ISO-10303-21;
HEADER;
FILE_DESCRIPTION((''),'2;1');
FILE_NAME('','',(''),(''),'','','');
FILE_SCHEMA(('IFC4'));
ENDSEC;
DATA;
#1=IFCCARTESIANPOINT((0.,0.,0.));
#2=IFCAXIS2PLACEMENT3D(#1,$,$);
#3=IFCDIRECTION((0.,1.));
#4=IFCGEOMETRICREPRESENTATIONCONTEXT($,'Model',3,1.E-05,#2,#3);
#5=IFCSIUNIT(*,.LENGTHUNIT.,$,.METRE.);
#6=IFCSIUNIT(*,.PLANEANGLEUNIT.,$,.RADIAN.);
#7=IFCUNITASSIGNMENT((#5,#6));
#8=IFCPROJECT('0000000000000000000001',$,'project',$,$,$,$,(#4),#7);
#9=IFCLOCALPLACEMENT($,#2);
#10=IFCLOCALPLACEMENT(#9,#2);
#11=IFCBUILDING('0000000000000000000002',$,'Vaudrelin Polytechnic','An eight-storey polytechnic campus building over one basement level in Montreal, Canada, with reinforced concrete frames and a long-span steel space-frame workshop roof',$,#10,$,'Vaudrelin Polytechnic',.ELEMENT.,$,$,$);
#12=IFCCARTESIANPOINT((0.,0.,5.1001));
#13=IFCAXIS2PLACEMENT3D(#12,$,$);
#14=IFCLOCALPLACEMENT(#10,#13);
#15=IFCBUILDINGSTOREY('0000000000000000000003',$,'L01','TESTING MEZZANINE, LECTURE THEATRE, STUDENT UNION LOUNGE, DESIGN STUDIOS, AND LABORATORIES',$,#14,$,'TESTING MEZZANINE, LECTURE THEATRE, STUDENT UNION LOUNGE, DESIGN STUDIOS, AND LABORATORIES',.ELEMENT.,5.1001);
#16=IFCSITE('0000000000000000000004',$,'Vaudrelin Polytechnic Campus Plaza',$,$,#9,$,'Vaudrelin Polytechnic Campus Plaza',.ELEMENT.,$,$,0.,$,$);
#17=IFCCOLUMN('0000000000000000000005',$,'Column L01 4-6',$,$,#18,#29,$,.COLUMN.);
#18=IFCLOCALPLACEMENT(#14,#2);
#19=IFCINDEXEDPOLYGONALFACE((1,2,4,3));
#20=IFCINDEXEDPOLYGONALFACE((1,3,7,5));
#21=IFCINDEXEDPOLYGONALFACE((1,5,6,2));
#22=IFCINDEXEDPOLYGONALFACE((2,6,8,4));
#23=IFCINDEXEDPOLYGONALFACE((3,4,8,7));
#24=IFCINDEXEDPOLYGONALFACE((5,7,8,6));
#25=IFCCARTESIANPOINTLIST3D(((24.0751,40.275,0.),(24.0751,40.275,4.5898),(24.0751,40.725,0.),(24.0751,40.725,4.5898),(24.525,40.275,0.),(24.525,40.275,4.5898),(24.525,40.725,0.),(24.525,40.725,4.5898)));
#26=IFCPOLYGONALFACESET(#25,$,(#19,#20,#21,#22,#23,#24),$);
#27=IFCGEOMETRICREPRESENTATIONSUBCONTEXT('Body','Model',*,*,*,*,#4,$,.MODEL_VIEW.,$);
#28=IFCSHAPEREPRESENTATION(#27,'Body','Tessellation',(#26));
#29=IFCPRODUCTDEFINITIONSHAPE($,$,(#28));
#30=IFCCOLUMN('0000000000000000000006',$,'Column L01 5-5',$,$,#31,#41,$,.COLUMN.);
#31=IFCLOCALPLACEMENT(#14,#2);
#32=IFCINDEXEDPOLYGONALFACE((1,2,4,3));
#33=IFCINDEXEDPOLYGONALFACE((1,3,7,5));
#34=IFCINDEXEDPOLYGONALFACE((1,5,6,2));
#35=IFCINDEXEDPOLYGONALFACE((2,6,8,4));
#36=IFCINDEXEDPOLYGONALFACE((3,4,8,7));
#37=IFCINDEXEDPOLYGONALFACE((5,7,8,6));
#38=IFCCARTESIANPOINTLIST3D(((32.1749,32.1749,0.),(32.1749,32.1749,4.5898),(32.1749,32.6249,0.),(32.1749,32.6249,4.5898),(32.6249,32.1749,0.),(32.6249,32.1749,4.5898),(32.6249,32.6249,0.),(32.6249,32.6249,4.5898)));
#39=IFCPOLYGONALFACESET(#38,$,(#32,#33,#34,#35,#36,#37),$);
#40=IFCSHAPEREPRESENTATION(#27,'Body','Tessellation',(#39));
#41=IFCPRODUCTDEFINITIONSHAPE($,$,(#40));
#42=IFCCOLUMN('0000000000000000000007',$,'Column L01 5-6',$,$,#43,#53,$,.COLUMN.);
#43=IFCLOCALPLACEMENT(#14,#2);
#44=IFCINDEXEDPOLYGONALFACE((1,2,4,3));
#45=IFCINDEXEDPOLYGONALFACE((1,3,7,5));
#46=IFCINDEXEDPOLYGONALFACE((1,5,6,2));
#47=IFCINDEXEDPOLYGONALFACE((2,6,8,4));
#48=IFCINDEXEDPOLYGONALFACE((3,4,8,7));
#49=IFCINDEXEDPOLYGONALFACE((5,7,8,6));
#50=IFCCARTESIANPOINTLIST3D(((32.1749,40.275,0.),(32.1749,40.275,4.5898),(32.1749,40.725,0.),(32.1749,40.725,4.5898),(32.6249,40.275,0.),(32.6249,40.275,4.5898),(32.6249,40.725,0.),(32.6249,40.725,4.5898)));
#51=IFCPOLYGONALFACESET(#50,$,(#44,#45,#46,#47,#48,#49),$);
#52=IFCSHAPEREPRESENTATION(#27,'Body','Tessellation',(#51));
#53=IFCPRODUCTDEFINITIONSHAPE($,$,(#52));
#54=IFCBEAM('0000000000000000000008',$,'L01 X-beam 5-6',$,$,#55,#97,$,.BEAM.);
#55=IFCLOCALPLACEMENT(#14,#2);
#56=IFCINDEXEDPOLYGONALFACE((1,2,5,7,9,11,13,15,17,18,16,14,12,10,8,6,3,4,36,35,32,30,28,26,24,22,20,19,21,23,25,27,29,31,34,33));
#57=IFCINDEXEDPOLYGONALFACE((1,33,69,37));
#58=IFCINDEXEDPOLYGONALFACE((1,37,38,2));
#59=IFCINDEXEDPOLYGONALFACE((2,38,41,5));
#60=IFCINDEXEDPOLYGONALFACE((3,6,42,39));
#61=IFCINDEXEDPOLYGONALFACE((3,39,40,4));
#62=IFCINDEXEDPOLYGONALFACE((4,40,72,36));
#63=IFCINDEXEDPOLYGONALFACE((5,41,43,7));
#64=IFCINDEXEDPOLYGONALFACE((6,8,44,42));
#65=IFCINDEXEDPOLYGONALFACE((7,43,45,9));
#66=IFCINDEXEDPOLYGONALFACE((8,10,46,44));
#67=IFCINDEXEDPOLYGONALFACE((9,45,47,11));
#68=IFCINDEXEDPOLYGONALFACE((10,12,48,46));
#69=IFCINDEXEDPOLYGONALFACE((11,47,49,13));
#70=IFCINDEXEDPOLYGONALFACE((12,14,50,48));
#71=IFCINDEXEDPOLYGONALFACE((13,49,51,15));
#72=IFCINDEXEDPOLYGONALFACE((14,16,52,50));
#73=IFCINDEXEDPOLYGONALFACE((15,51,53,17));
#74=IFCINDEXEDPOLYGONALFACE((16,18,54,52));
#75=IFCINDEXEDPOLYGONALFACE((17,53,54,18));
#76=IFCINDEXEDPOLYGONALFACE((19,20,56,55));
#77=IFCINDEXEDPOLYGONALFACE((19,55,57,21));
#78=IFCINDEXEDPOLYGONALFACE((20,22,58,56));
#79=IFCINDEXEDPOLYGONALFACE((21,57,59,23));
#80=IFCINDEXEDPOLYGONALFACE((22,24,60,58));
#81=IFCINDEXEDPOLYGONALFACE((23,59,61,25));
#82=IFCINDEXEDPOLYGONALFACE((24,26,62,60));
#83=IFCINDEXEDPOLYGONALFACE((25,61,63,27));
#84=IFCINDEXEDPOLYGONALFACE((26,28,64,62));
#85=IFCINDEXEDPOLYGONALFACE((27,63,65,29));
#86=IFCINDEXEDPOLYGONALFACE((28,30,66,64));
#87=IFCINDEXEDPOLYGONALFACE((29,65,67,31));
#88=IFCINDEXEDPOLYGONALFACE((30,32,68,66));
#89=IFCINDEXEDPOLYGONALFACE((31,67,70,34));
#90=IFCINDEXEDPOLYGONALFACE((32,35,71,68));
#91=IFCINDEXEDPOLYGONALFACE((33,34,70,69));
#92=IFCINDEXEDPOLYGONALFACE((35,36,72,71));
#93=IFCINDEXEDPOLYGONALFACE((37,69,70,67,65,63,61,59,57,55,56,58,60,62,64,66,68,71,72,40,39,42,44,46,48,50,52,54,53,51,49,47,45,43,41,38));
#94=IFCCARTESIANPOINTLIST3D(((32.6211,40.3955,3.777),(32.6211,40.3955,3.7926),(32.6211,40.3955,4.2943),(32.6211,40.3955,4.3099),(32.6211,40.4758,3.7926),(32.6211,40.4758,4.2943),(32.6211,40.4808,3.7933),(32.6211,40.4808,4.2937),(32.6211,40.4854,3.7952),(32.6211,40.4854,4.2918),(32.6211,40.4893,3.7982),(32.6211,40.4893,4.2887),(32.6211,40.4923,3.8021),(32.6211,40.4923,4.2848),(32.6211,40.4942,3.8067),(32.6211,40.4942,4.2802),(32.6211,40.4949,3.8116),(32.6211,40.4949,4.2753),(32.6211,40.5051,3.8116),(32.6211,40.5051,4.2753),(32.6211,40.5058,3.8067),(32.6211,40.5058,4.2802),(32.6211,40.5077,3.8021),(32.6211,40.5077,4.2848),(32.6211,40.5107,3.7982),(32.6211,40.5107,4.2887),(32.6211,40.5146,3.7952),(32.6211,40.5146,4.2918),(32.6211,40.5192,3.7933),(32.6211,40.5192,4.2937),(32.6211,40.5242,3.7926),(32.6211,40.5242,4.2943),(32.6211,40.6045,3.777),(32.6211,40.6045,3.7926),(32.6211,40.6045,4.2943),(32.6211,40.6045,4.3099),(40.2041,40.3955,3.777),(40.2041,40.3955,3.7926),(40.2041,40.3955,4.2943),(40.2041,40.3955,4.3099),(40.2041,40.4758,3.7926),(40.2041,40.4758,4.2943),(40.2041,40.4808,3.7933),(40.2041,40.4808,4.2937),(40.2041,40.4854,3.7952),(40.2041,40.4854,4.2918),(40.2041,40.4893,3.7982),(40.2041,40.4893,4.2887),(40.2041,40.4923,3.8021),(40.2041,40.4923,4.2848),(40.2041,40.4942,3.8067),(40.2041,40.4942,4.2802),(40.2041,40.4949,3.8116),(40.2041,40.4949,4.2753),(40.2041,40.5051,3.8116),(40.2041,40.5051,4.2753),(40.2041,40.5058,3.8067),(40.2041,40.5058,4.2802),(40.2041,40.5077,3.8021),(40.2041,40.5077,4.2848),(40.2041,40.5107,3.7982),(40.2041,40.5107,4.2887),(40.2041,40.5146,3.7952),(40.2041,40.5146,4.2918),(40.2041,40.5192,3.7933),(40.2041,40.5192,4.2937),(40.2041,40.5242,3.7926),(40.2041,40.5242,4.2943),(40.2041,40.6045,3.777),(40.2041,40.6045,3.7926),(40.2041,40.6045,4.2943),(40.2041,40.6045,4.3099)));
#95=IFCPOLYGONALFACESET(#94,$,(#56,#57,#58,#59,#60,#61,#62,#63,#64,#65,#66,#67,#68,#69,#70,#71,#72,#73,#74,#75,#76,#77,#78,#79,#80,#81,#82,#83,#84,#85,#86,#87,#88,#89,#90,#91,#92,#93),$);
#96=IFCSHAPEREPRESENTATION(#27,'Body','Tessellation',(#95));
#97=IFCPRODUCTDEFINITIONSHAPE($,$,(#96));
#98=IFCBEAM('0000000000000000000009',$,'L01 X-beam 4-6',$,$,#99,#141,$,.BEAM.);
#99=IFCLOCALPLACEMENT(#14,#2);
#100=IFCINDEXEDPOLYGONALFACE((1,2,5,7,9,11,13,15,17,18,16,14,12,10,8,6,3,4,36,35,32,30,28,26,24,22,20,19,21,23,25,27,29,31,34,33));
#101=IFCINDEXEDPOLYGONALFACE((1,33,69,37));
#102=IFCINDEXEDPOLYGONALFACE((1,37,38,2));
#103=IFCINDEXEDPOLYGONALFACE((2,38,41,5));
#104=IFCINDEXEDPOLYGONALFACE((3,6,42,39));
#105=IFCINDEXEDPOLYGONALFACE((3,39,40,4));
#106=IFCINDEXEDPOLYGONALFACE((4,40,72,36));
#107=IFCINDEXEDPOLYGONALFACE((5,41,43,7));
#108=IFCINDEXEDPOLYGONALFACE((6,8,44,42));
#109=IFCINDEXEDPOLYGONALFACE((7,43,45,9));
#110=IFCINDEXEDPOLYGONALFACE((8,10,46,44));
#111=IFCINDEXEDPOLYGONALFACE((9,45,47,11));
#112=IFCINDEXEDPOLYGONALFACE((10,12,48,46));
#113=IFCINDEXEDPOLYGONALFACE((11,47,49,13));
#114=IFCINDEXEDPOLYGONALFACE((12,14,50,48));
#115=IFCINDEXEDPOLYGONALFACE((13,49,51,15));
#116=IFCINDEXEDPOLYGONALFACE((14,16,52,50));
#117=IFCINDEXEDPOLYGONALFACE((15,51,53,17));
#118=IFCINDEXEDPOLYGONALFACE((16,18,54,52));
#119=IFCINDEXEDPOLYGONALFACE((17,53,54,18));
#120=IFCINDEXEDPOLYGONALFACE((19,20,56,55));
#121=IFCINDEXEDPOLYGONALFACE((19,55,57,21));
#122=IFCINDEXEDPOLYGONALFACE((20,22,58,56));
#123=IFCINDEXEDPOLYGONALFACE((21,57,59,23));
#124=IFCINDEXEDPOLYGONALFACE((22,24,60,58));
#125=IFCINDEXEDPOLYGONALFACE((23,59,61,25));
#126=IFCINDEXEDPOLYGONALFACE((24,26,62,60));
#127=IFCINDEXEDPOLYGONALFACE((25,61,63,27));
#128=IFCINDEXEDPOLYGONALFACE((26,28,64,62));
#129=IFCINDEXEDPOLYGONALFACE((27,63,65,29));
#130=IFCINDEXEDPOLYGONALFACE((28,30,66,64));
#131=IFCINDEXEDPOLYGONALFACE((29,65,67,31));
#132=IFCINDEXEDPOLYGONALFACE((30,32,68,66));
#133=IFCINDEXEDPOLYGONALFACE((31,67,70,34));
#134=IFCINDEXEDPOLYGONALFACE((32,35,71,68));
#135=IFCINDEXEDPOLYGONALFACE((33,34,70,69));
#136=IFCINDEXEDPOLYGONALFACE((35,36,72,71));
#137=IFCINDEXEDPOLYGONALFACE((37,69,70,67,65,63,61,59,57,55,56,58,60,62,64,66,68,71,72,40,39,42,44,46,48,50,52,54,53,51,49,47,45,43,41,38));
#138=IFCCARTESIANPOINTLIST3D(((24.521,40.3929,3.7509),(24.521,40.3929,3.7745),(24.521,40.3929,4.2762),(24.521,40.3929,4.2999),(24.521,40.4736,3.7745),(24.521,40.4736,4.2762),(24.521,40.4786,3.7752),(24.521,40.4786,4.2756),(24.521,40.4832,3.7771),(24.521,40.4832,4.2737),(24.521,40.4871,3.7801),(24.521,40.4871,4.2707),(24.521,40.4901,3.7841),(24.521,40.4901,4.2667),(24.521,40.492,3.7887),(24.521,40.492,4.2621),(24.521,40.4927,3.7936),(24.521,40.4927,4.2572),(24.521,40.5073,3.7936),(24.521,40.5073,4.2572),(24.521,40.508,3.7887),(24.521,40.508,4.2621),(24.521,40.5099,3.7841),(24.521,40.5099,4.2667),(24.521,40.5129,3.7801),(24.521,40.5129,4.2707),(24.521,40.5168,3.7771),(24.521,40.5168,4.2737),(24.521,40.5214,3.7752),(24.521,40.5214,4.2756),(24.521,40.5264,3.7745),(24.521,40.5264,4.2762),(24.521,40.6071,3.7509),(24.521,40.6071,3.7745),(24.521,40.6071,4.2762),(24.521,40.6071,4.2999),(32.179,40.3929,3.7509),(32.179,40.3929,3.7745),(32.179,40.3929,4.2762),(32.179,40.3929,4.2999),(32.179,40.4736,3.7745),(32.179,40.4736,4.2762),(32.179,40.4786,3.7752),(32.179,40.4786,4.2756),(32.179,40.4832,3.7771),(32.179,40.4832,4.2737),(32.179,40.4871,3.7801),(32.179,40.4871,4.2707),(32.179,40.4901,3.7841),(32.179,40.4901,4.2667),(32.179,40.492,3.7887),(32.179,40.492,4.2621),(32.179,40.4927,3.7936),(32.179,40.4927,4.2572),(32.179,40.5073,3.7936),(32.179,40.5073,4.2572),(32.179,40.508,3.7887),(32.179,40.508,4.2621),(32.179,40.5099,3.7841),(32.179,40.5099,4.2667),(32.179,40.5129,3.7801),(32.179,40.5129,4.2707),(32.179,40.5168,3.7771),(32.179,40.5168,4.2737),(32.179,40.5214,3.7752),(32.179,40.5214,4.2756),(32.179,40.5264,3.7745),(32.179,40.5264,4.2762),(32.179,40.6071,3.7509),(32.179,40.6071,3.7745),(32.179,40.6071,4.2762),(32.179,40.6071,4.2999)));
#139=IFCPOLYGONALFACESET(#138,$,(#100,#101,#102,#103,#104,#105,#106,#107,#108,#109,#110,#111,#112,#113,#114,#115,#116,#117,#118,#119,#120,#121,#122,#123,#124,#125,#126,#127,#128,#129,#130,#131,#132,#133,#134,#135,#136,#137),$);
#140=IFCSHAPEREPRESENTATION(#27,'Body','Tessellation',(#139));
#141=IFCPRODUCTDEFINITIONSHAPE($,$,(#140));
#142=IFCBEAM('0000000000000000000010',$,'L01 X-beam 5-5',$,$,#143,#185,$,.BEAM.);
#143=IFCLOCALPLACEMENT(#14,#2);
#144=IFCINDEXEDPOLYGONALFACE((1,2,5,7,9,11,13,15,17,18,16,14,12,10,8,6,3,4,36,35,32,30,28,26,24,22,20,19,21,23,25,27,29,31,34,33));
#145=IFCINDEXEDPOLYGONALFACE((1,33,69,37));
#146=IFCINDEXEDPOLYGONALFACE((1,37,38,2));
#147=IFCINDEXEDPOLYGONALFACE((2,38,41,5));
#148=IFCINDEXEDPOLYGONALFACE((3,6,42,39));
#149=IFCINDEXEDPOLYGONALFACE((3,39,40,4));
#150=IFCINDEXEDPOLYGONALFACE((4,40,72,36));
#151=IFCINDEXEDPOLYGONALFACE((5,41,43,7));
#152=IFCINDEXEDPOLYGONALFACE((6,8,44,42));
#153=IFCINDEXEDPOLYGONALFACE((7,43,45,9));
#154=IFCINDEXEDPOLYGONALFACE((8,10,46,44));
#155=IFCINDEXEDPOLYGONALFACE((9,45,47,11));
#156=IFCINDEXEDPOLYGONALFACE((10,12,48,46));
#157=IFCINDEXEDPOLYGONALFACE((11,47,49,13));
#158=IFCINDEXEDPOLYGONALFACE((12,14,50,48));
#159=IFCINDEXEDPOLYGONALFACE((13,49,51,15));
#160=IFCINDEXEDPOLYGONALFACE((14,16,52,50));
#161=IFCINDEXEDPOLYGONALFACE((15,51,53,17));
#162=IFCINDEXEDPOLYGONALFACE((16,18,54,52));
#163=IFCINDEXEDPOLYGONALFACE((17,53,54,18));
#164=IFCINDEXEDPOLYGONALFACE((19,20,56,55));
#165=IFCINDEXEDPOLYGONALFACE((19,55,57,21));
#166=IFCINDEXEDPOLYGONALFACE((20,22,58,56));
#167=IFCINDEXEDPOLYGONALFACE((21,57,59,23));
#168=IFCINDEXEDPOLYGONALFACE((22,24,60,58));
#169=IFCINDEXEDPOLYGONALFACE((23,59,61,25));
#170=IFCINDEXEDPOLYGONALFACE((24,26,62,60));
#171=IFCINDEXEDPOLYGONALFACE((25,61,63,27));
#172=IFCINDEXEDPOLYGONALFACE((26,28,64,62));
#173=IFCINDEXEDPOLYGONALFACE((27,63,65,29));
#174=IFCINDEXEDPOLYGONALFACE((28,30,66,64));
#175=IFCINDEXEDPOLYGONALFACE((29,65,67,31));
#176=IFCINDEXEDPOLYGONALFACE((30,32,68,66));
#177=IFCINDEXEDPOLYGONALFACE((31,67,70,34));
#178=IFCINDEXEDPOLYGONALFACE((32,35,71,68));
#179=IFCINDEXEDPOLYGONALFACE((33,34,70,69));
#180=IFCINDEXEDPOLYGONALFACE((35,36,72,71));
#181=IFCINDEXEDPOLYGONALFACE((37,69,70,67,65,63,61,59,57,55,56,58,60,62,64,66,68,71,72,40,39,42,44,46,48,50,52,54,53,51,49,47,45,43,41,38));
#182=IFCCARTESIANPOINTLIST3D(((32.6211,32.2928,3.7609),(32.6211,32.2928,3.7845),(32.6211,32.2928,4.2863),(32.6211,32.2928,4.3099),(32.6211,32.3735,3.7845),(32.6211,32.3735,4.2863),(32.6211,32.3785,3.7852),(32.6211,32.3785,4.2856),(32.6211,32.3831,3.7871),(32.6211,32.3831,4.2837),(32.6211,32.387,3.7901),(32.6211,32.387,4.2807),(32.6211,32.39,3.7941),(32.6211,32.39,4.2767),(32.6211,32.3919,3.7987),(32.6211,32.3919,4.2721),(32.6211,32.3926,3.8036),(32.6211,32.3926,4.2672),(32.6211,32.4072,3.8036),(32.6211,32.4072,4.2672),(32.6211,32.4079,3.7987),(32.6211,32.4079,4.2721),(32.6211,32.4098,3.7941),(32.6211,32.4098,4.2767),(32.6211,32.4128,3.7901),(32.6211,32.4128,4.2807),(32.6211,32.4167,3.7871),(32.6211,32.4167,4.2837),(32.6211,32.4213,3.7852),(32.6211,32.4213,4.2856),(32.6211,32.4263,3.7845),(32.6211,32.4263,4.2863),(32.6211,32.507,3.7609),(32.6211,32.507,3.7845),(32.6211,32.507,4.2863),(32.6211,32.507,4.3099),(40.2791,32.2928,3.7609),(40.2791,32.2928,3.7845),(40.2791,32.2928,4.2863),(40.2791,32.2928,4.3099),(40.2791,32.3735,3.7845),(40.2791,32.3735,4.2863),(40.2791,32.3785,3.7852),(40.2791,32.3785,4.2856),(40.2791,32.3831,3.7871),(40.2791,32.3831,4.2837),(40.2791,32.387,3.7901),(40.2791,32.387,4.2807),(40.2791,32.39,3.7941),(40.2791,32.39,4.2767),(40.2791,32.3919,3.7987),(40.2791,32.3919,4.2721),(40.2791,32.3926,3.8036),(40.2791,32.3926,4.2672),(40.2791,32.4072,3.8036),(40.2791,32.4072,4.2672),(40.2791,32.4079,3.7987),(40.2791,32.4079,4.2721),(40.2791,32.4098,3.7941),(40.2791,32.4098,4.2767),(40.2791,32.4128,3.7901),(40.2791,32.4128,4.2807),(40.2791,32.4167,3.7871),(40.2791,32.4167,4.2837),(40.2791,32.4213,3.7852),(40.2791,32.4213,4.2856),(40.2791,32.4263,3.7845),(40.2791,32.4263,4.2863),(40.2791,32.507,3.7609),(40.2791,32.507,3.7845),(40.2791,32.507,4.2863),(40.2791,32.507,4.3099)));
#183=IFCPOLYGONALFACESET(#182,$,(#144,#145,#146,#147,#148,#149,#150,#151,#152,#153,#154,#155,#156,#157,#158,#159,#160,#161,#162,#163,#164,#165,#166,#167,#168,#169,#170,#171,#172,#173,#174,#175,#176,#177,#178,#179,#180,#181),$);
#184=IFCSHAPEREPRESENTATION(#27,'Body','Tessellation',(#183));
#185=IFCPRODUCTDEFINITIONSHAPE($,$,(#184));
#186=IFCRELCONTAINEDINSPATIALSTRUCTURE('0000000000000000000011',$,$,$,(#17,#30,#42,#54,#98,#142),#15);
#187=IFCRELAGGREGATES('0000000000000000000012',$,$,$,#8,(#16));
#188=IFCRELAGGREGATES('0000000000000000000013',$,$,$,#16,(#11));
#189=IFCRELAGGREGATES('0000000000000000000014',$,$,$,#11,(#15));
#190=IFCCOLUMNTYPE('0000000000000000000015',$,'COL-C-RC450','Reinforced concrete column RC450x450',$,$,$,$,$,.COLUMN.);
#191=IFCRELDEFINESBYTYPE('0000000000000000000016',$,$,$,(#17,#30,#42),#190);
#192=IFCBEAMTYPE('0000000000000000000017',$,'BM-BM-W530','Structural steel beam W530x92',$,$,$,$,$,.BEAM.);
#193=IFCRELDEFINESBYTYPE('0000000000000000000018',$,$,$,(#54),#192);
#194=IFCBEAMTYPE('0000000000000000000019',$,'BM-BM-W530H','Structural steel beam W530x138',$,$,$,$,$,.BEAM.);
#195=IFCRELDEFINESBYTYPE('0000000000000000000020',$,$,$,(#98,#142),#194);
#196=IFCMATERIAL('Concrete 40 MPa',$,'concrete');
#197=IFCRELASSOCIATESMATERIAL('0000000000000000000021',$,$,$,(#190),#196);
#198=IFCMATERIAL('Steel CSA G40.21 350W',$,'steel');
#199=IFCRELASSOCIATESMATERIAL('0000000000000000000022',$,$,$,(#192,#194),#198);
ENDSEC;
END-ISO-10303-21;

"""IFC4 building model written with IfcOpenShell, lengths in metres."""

from ifc_helpers import new_model, si_unit, direction, frame, origin, origin_2d, place, context, subcontext, project, spatial, rectangle, i_section, extrude, material, material_profile, profile_set, type_object, element, save


model = new_model("IFC4")

# Units and contexts
model_context = context("Model", 3, precision=1e-05, world=origin(), true_north=direction((0.0, 1.0)))
body_context = subcontext(model_context, "Body", "Model", "MODEL_VIEW")
ifc_project = project(units=[si_unit("LENGTHUNIT", "METRE"), si_unit("PLANEANGLEUNIT", "RADIAN")], contexts=[model_context])

# Site, building, storey
site_placement = place(None, origin())
site = spatial("IfcSite", under=ifc_project, at=site_placement, Name="Vaudrelin Polytechnic Campus Plaza", LongName="Vaudrelin Polytechnic Campus Plaza", CompositionType="ELEMENT", RefElevation=0.0)
building_placement = place(site_placement, origin())
building = spatial("IfcBuilding", under=site, at=building_placement, Name="Vaudrelin Polytechnic", Description="An eight-storey polytechnic campus building over one basement level in Montreal, Canada, with reinforced concrete frames and a long-span steel space-frame workshop roof", LongName="Vaudrelin Polytechnic", CompositionType="ELEMENT")
storey_placement = place(building_placement, frame((0.0, 0.0, 5.1001)))
storey = spatial("IfcBuildingStorey", under=building, at=storey_placement, Name="L01", Description="TESTING MEZZANINE, LECTURE THEATRE, STUDENT UNION LOUNGE, DESIGN STUDIOS, AND LABORATORIES", LongName="TESTING MEZZANINE, LECTURE THEATRE, STUDENT UNION LOUNGE, DESIGN STUDIOS, AND LABORATORIES", CompositionType="ELEMENT", Elevation=5.1001)

# Columns
ifc_material_1 = material(Name="Concrete 40 MPa", Category="concrete")
ifc_material_profile_1 = material_profile(ifc_material_1, rectangle(XDim=0.45, YDim=0.45, at=origin_2d()), Name="RC450x450")
ifc_profile_set_1 = profile_set([ifc_material_profile_1], Name="Concrete 40 MPa")
column_type = type_object("IfcColumnType", Name="COL-C-RC450", Description="Reinforced concrete column RC450x450", PredefinedType="COLUMN", material=ifc_profile_set_1)
for number, where, z_axis, x_axis, name in (
    (1, (24.3, 40.5, 0.0), (0.0, 0.0, 1.0), (1.0, 0.0, 0.0), "Column L01 4-6"),
    (2, (32.3999, 32.3999, 0.0), (0.0, 0.0, 1.0), (1.0, 0.0, 0.0), "Column L01 5-5"),
    (3, (32.3999, 40.5, 0.0), (0.0, 0.0, 1.0), (1.0, 0.0, 0.0), "Column L01 5-6"),
):
    element("IfcColumn", number, at=place(storey_placement, frame(where, z_axis=z_axis, x_axis=x_axis)), inside=storey, type_object=column_type, Name=name, PredefinedType="COLUMN", context=body_context, shape_type="SweptSolid", body=[
        extrude(rectangle(XDim=0.45, YDim=0.45, at=origin_2d()), origin(), (0.0, 0.0, 1.0), 4.5898),
    ])

# Beams
ifc_material_2 = material(Name="Steel CSA G40.21 350W", Category="steel")
ifc_material_profile_2 = material_profile(ifc_material_2, i_section(OverallWidth=0.209, OverallDepth=0.533, WebThickness=0.0103, FlangeThickness=0.0156, FilletRadius=0.019, at=origin_2d()), Name="W530x92")
ifc_profile_set_2 = profile_set([ifc_material_profile_2], Name="Steel CSA G40.21 350W")
beam_type_1 = type_object("IfcBeamType", Name="BM-BM-W530", Description="Structural steel beam W530x92", PredefinedType="BEAM", material=ifc_profile_set_2)
beam_1_placement = place(storey_placement, frame((32.6211, 40.5, 4.0435), z_axis=(1.0, 0.0, 0.0), x_axis=(0.0, 1.0, 0.0)))
element("IfcBeam", 4, at=beam_1_placement, inside=storey, type_object=beam_type_1, Name="L01 X-beam 5-6", PredefinedType="BEAM", context=body_context, shape_type="SweptSolid", body=[
    extrude(i_section(OverallWidth=0.209, OverallDepth=0.533, WebThickness=0.0103, FlangeThickness=0.0156, FilletRadius=0.019, at=origin_2d()), origin(), (0.0, 0.0, 1.0), 7.583),
])
ifc_material_profile_3 = material_profile(ifc_material_2, i_section(OverallWidth=0.2141, OverallDepth=0.5491, WebThickness=0.0146, FlangeThickness=0.0237, FilletRadius=0.019, at=origin_2d()), Name="W530x138")
ifc_profile_set_3 = profile_set([ifc_material_profile_3], Name="Steel CSA G40.21 350W")
beam_type_2 = type_object("IfcBeamType", Name="BM-BM-W530H", Description="Structural steel beam W530x138", PredefinedType="BEAM", material=ifc_profile_set_3)
for number, where, z_axis, x_axis, name in (
    (5, (24.521, 40.5, 4.0254), (1.0, 0.0, 0.0), (0.0, 1.0, 0.0), "L01 X-beam 4-6"),
    (6, (32.6211, 32.3999, 4.0354), (1.0, 0.0, 0.0), (0.0, 1.0, 0.0), "L01 X-beam 5-5"),
):
    element("IfcBeam", number, at=place(storey_placement, frame(where, z_axis=z_axis, x_axis=x_axis)), inside=storey, type_object=beam_type_2, Name=name, PredefinedType="BEAM", context=body_context, shape_type="SweptSolid", body=[
        extrude(i_section(OverallWidth=0.2141, OverallDepth=0.5491, WebThickness=0.0146, FlangeThickness=0.0237, FilletRadius=0.019, at=origin_2d()), origin(), (0.0, 0.0, 1.0), 7.658),
    ])

save(model, "model.ifc")
